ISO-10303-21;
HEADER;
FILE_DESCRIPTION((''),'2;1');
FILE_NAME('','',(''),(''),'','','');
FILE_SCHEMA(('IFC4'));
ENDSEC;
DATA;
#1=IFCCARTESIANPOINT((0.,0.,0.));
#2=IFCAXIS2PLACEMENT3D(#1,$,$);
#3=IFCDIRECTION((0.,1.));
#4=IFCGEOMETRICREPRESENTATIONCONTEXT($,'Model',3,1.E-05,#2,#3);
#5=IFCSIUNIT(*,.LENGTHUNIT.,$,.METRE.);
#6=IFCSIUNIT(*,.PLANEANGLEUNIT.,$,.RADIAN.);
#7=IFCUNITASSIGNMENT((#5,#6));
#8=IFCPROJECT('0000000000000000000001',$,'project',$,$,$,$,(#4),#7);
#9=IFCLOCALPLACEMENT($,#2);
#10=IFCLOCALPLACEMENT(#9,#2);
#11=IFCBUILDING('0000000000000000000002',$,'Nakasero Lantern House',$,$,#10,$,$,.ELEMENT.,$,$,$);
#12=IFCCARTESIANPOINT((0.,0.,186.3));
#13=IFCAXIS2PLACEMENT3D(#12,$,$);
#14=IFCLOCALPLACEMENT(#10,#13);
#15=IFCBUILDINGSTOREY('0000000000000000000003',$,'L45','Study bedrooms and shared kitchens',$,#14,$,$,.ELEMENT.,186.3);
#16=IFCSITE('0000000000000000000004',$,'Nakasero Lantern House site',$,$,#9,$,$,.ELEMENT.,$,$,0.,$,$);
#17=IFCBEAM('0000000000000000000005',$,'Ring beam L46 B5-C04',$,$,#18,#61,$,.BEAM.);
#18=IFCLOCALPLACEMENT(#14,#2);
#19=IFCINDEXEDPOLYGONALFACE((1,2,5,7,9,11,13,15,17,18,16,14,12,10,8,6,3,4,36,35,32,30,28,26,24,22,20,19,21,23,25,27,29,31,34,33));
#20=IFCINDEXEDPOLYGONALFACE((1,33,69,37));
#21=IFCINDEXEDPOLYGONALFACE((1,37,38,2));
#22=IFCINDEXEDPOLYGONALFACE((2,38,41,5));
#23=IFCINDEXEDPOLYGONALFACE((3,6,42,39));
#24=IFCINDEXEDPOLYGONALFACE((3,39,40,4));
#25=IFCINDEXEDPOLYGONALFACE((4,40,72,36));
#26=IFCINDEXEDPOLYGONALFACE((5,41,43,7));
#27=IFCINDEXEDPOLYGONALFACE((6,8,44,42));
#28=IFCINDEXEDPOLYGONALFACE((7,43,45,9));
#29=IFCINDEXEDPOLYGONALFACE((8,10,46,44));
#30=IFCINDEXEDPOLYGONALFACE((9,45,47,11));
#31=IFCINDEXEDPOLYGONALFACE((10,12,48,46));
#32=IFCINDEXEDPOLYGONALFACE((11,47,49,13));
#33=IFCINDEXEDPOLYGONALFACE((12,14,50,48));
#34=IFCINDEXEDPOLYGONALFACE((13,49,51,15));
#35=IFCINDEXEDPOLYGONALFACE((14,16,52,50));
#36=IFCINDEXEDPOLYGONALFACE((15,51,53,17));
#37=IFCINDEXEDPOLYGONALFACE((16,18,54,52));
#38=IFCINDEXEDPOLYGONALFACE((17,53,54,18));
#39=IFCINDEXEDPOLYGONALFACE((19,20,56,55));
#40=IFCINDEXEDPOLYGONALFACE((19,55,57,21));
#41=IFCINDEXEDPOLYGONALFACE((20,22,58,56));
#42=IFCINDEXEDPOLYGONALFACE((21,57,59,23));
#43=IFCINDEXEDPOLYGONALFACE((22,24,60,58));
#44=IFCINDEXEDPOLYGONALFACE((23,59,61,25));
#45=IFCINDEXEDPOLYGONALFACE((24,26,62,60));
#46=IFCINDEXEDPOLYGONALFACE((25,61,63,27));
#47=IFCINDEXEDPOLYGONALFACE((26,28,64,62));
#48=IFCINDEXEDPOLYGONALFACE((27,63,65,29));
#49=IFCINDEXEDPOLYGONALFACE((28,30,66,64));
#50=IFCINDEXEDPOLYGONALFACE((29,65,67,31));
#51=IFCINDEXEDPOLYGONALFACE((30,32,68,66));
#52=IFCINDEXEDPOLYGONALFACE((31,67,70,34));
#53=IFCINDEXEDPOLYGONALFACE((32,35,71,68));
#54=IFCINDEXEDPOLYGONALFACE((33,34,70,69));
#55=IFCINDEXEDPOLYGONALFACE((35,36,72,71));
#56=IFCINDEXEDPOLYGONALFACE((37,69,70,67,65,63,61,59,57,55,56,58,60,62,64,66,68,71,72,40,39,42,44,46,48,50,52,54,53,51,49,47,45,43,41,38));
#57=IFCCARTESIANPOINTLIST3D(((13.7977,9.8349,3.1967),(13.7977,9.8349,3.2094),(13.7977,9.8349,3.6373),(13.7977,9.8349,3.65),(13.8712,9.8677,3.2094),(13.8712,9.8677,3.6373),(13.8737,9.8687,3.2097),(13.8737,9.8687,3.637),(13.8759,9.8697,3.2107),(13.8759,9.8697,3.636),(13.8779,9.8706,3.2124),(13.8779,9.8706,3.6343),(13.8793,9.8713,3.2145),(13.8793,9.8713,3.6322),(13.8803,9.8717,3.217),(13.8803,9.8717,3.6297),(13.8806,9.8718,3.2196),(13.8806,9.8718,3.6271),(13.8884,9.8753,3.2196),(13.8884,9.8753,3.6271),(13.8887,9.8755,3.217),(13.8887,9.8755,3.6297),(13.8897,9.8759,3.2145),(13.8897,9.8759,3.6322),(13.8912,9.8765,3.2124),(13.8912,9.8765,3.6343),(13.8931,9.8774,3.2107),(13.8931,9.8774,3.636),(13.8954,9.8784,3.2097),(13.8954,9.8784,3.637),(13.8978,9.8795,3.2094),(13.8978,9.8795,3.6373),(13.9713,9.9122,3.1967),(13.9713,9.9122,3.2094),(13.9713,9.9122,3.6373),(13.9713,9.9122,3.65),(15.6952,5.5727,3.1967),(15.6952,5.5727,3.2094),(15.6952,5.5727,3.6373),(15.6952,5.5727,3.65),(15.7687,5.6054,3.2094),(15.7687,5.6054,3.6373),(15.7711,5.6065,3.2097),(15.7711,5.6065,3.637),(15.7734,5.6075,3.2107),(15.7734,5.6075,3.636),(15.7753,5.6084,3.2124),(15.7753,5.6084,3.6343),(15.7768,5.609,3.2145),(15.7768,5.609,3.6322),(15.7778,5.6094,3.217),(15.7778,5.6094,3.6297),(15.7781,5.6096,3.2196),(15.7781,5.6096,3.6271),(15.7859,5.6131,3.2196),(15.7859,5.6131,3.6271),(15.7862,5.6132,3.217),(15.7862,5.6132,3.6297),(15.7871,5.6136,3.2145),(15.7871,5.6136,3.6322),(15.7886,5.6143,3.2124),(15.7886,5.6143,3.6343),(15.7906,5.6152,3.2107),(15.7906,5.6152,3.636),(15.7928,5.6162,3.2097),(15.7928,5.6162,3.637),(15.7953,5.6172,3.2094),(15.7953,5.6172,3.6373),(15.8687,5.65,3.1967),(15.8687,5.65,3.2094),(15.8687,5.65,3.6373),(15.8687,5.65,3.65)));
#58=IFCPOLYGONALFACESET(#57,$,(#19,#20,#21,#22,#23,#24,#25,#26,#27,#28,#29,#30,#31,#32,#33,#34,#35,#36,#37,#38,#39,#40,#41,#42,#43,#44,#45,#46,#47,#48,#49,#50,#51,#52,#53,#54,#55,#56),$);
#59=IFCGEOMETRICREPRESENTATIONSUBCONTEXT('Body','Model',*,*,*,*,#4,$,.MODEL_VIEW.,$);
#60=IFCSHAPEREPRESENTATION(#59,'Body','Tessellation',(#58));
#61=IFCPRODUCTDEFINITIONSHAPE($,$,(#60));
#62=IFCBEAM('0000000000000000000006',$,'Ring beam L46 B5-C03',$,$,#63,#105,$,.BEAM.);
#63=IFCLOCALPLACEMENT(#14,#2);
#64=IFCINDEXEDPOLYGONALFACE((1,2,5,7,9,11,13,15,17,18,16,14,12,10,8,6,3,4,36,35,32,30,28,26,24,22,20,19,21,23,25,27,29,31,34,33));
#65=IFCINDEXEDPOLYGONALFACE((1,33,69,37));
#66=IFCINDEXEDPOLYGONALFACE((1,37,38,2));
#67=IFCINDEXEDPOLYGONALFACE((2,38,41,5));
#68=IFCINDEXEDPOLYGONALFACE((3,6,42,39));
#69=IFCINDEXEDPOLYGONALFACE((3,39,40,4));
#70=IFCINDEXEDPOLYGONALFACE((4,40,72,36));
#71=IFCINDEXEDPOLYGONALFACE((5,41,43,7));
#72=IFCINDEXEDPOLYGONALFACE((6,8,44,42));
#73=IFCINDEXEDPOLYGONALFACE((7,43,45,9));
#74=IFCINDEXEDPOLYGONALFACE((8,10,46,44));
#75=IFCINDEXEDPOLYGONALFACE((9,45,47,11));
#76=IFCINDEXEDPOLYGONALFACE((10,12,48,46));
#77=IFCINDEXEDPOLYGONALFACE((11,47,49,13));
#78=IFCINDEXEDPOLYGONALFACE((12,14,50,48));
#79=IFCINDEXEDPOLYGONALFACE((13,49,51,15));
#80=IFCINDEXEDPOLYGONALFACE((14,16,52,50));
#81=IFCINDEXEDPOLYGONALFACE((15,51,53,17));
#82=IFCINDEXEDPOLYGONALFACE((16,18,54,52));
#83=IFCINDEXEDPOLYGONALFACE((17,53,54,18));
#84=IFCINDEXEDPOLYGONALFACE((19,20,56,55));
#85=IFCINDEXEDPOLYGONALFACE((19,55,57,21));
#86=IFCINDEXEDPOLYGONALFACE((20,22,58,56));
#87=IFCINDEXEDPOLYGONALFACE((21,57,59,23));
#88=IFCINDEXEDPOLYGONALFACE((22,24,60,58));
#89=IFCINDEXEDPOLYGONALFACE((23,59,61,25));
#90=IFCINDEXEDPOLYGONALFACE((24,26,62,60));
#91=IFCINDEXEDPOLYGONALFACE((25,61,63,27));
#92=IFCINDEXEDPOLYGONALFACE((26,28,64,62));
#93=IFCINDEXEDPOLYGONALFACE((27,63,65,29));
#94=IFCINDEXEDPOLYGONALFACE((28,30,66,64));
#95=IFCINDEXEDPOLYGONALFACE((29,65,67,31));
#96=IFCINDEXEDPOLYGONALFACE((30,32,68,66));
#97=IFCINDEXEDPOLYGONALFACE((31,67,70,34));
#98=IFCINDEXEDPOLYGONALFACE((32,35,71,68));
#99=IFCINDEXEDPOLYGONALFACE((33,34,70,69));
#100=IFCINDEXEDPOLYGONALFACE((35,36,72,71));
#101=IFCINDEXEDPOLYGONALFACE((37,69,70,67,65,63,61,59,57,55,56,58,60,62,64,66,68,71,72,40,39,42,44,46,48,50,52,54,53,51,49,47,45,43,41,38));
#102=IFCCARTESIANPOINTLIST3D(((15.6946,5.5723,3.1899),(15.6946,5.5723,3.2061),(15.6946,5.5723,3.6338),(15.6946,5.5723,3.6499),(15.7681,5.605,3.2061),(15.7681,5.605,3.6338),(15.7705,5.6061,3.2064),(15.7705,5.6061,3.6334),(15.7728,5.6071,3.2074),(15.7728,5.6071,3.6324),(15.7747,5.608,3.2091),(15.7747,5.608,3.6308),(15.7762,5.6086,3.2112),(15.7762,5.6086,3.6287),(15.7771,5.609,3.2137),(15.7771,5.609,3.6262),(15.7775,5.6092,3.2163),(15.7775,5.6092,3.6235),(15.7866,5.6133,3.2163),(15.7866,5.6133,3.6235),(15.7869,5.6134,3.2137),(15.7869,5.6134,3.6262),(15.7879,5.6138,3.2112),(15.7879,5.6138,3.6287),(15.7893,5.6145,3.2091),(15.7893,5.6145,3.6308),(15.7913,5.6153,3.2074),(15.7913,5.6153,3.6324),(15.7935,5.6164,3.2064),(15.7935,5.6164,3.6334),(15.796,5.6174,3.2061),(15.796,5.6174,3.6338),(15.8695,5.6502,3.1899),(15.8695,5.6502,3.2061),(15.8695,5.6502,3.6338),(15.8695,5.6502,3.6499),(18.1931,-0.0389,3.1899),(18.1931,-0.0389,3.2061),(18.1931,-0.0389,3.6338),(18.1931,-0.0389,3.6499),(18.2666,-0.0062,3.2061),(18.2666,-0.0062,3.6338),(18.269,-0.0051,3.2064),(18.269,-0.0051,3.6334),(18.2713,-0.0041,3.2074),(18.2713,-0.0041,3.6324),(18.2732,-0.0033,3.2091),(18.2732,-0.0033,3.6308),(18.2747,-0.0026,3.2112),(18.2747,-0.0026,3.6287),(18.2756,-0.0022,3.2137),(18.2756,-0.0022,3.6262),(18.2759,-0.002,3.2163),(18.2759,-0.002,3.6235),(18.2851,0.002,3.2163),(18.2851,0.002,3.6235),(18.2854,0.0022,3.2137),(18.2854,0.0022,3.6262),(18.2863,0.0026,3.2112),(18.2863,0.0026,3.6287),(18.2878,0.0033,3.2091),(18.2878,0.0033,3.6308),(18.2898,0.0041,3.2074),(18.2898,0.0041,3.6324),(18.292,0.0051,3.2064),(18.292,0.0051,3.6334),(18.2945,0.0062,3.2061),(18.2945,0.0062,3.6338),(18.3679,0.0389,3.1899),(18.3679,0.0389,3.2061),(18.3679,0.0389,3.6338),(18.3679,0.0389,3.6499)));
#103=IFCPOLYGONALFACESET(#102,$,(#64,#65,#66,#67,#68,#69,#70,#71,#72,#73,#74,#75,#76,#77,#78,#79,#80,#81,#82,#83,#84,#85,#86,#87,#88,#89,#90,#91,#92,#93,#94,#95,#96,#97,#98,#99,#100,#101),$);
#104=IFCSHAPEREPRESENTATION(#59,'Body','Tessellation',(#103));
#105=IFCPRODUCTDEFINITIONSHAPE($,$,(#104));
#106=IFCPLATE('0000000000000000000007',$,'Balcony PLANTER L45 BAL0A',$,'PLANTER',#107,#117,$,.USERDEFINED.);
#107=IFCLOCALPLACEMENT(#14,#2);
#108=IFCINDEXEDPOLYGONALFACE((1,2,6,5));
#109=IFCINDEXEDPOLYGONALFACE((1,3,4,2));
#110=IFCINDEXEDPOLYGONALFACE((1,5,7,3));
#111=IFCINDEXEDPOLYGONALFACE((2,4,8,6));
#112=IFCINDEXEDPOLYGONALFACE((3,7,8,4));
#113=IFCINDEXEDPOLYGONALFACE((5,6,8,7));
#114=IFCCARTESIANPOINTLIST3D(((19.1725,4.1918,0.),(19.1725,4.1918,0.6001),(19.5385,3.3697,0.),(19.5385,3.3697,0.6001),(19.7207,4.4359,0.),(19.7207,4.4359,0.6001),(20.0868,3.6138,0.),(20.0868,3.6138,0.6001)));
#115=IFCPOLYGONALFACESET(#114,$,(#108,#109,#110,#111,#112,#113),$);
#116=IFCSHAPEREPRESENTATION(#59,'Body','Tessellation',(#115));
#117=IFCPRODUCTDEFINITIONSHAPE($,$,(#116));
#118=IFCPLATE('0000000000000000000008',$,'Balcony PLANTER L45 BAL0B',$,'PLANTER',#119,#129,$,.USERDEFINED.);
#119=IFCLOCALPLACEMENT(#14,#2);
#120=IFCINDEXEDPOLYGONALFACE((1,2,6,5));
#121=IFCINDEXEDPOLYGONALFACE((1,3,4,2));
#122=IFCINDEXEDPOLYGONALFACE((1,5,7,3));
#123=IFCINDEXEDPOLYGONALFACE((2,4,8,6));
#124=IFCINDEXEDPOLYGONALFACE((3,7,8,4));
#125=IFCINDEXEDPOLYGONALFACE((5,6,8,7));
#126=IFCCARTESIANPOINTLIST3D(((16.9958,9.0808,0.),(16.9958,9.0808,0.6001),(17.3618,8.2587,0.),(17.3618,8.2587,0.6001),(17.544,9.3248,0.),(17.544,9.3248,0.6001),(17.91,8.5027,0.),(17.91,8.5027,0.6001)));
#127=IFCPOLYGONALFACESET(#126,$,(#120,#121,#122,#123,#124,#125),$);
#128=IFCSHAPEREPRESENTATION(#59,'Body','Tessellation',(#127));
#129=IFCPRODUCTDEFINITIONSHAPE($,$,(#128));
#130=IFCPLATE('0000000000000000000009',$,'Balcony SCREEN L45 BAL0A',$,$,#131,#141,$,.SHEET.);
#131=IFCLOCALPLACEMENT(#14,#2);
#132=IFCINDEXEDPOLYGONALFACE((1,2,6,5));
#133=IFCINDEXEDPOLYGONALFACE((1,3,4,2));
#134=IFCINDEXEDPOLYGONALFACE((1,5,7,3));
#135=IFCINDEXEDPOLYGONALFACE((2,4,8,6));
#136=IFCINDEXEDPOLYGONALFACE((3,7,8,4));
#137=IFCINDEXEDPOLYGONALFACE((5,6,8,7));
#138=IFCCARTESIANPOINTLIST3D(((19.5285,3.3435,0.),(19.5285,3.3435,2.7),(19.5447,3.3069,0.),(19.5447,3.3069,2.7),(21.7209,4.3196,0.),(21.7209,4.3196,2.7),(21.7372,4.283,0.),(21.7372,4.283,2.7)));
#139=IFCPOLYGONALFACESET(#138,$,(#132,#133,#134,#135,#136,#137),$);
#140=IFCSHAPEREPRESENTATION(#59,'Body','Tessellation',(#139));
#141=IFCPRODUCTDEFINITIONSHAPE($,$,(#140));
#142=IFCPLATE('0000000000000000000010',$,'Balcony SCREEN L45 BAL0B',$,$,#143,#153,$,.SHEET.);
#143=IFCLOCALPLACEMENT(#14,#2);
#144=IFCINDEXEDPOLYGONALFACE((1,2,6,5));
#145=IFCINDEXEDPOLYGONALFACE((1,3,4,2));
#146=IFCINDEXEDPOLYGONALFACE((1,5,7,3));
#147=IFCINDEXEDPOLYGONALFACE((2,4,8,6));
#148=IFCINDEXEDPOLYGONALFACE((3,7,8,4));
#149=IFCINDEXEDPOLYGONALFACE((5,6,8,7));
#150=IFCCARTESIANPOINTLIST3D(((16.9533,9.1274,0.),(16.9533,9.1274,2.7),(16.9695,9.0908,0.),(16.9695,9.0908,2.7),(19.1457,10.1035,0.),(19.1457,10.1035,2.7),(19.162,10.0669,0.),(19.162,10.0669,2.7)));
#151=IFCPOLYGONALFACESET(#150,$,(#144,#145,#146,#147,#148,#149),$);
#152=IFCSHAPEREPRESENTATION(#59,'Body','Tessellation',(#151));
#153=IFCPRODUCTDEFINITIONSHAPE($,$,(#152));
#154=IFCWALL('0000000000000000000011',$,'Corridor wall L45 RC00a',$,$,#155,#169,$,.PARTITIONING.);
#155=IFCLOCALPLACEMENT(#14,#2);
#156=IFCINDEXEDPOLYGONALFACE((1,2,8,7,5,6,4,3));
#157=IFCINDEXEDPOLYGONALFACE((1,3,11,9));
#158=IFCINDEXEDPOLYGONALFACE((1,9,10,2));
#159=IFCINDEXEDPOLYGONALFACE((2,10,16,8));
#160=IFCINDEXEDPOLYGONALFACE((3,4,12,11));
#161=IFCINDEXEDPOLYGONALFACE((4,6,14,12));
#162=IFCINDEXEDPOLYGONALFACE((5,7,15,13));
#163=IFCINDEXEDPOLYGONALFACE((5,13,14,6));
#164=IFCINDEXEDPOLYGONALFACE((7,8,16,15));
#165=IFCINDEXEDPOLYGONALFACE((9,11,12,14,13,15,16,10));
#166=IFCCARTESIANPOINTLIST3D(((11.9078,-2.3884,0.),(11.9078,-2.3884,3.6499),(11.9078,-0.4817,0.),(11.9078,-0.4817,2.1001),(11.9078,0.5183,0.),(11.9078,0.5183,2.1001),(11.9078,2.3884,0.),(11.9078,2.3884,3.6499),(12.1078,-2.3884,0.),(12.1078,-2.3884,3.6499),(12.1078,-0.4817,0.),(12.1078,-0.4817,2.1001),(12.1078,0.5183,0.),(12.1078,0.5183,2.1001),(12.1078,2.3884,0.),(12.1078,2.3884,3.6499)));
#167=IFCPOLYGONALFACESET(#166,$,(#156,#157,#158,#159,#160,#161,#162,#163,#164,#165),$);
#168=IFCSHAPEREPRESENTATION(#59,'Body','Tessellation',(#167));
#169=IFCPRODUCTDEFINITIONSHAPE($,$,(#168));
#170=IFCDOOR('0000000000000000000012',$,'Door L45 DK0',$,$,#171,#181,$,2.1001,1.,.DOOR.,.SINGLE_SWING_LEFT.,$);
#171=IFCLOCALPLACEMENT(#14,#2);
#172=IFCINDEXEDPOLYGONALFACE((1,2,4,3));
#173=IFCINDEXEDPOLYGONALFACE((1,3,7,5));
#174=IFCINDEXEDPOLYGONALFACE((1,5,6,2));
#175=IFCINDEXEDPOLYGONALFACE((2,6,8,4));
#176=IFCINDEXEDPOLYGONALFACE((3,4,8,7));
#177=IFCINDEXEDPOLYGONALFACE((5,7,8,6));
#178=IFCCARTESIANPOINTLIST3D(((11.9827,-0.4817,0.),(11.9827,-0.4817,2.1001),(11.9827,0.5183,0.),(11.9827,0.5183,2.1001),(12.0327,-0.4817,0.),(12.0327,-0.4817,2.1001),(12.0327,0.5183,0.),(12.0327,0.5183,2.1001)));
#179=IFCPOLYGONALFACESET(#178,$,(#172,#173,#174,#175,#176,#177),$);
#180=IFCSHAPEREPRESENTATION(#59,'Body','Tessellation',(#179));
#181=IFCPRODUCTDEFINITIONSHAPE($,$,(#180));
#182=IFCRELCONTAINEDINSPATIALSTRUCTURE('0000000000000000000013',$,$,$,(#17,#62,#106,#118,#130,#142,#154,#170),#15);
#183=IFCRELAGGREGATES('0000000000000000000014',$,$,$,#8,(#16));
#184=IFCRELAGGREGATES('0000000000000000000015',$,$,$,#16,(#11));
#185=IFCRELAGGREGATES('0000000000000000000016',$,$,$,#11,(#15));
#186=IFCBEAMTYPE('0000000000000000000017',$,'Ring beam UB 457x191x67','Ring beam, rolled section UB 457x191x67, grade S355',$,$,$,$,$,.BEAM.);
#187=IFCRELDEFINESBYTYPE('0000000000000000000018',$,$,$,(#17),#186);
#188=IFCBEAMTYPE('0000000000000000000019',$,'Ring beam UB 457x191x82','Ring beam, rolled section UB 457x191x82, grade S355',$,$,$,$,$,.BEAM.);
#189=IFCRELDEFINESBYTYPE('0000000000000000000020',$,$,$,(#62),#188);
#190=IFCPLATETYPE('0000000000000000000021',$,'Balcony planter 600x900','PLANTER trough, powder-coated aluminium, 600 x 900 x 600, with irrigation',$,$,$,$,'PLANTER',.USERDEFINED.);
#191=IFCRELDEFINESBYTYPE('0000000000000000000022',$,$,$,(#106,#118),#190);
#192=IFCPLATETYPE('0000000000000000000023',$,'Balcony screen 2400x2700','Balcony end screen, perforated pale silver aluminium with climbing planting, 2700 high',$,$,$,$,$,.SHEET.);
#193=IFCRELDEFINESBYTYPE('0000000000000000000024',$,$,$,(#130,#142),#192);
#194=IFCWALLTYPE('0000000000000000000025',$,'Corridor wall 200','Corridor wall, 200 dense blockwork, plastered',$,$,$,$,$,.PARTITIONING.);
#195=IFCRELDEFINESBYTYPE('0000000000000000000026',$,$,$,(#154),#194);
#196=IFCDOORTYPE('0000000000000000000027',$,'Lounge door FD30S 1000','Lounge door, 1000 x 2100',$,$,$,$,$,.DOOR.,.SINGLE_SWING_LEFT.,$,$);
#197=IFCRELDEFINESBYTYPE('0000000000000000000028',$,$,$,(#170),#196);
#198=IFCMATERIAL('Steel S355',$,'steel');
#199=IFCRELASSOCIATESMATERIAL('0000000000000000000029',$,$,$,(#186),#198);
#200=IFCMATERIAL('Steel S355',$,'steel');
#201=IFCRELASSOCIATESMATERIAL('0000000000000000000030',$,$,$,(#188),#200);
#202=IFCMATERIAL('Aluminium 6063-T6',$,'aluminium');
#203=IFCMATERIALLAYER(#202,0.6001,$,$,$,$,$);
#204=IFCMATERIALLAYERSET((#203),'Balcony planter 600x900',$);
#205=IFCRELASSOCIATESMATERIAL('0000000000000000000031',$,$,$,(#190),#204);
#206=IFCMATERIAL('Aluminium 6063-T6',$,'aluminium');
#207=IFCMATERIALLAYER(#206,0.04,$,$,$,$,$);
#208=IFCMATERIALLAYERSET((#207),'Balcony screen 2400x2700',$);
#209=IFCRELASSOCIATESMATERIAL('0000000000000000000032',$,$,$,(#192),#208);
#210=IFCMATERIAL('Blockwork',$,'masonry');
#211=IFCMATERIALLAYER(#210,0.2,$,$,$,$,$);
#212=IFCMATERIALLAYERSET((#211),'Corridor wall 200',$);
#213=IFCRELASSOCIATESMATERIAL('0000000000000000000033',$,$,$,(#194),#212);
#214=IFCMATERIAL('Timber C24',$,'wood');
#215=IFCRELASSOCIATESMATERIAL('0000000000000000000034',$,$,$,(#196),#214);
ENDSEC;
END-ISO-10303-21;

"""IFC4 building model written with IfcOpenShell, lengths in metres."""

from ifc_helpers import new_model, si_unit, direction, frame, frame_2d, origin, origin_2d, place, context, subcontext, project, spatial, rectangle, i_section, extrude, material, layer, layer_set, material_profile, profile_set, type_object, element, fill, save


model = new_model("IFC4")

# Units and contexts
model_context = context("Model", 3, precision=1e-05, world=origin(), true_north=direction((0.0, 1.0)))
body_context = subcontext(model_context, "Body", "Model", "MODEL_VIEW")
ifc_project = project(units=[si_unit("LENGTHUNIT", "METRE"), si_unit("PLANEANGLEUNIT", "RADIAN")], contexts=[model_context])

# Site, building, storey
site_placement = place(None, origin())
site = spatial("IfcSite", under=ifc_project, at=site_placement, Name="Nakasero Lantern House site", CompositionType="ELEMENT", RefElevation=0.0)
building_placement = place(site_placement, origin())
building = spatial("IfcBuilding", under=site, at=building_placement, Name="Nakasero Lantern House", CompositionType="ELEMENT")
storey_placement = place(building_placement, frame((0.0, 0.0, 186.3)))
storey = spatial("IfcBuildingStorey", under=building, at=storey_placement, Name="L45", Description="Study bedrooms and shared kitchens", CompositionType="ELEMENT", Elevation=186.3)

# Beams
ifc_material_1 = material(Name="Steel S355", Category="steel")
ifc_material_profile_1 = material_profile(ifc_material_1, i_section(OverallWidth=0.1899, OverallDepth=0.4534, WebThickness=0.0085, FlangeThickness=0.0127, FilletRadius=0.0103, at=origin_2d()), Name="UB 457x191x67")
ifc_profile_set_1 = profile_set([ifc_material_profile_1], Name="Steel S355")
beam_type_1 = type_object("IfcBeamType", Name="Ring beam UB 457x191x67", Description="Ring beam, rolled section UB 457x191x67, grade S355", PredefinedType="BEAM", material=ifc_profile_set_1)
beam_1_placement = place(storey_placement, frame((15.782, 5.6113, 3.4233), z_axis=(-0.406702, 0.913561, 0.0), x_axis=(-0.913561, -0.406702, 0.0)))
element("IfcBeam", 1, at=beam_1_placement, inside=storey, type_object=beam_type_1, Name="Ring beam L46 B5-C04", PredefinedType="BEAM", context=body_context, shape_type="SweptSolid", body=[
    extrude(i_section(OverallWidth=0.1899, OverallDepth=0.4534, WebThickness=0.0085, FlangeThickness=0.0127, FilletRadius=0.0103, at=origin_2d()), origin(), (0.0, 0.0, 1.0), 4.6655),
])
ifc_material_2 = material(Name="Steel S355", Category="steel")
ifc_material_profile_2 = material_profile(ifc_material_2, i_section(OverallWidth=0.1914, OverallDepth=0.46, WebThickness=0.01, FlangeThickness=0.0161, FilletRadius=0.0103, at=origin_2d()), Name="UB 457x191x82")
ifc_profile_set_2 = profile_set([ifc_material_profile_2], Name="Steel S355")
beam_type_2 = type_object("IfcBeamType", Name="Ring beam UB 457x191x82", Description="Ring beam, rolled section UB 457x191x82, grade S355", PredefinedType="BEAM", material=ifc_profile_set_2)
beam_2_placement = place(storey_placement, frame((18.2805, 0.0, 3.4199), z_axis=(-0.406765, 0.913533, 0.0), x_axis=(-0.913533, -0.406765, 0.0)))
element("IfcBeam", 2, at=beam_2_placement, inside=storey, type_object=beam_type_2, Name="Ring beam L46 B5-C03", PredefinedType="BEAM", context=body_context, shape_type="SweptSolid", body=[
    extrude(i_section(OverallWidth=0.1914, OverallDepth=0.46, WebThickness=0.01, FlangeThickness=0.0161, FilletRadius=0.0103, at=origin_2d()), origin(), (0.0, 0.0, 1.0), 6.1423),
])

# Plates
ifc_material_3 = material(Name="Aluminium 6063-T6", Category="aluminium")
ifc_layer_1 = layer(ifc_material_3, 0.6001)
ifc_layer_set_1 = layer_set([ifc_layer_1], Name="Balcony planter 600x900")
plate_type_1 = type_object("IfcPlateType", Name="Balcony planter 600x900", Description="PLANTER trough, powder-coated aluminium, 600 x 900 x 600, with irrigation", ElementType="PLANTER", PredefinedType="USERDEFINED", material=ifc_layer_set_1)
for number, where, z_axis, x_axis, name in (
    (3, (19.6296, 3.9028, 0.0), (0.0, 0.0, 1.0), (0.913545, 0.406737, 0.0), "Balcony PLANTER L45 BAL0A"),
    (4, (17.4529, 8.7917, 0.0), (0.0, 0.0, 1.0), (0.913545, 0.406737, 0.0), "Balcony PLANTER L45 BAL0B"),
):
    element("IfcPlate", number, at=place(storey_placement, frame(where, z_axis=z_axis, x_axis=x_axis)), inside=storey, type_object=plate_type_1, Name=name, ObjectType="PLANTER", PredefinedType="USERDEFINED", context=body_context, shape_type="SweptSolid", body=[
        extrude(rectangle(XDim=0.6001, YDim=0.8999, at=origin_2d()), origin(), (0.0, 0.0, 1.0), 0.6001),
    ])
ifc_material_4 = material(Name="Aluminium 6063-T6", Category="aluminium")
ifc_layer_2 = layer(ifc_material_4, 0.04)
ifc_layer_set_2 = layer_set([ifc_layer_2], Name="Balcony screen 2400x2700")
plate_type_2 = type_object("IfcPlateType", Name="Balcony screen 2400x2700", Description="Balcony end screen, perforated pale silver aluminium with climbing planting, 2700 high", PredefinedType="SHEET", material=ifc_layer_set_2)
for number, where, z_axis, x_axis, name in (
    (5, (20.6328, 3.8132, 0.0), (0.0, 0.0, 1.0), (0.913545, 0.406737, 0.0), "Balcony SCREEN L45 BAL0A"),
    (6, (18.0576, 9.5972, 0.0), (0.0, 0.0, 1.0), (0.913545, 0.406737, 0.0), "Balcony SCREEN L45 BAL0B"),
):
    element("IfcPlate", number, at=place(storey_placement, frame(where, z_axis=z_axis, x_axis=x_axis)), inside=storey, type_object=plate_type_2, Name=name, PredefinedType="SHEET", context=body_context, shape_type="SweptSolid", body=[
        extrude(rectangle(XDim=2.3999, YDim=0.04, at=origin_2d()), origin(), (0.0, 0.0, 1.0), 2.7),
    ])

# Wall, opening, door
ifc_material_5 = material(Name="Blockwork", Category="masonry")
ifc_layer_3 = layer(ifc_material_5, 0.2)
ifc_layer_set_3 = layer_set([ifc_layer_3], Name="Corridor wall 200")
wall_type_1 = type_object("IfcWallType", Name="Corridor wall 200", Description="Corridor wall, 200 dense blockwork, plastered", PredefinedType="PARTITIONING", material=ifc_layer_set_3)
wall_1_placement = place(storey_placement, frame((12.0078, 2.3884, 0.0), z_axis=(0.0, 0.0, 1.0), x_axis=(0.0, -1.0, 0.0)))
wall_1 = element("IfcWall", 7, at=wall_1_placement, inside=storey, type_object=wall_type_1, Name="Corridor wall L45 RC00a", PredefinedType="PARTITIONING", context=body_context, shape_type="SweptSolid", body=[
    extrude(rectangle(XDim=4.7769, YDim=0.2, at=frame_2d((2.3884, 0.0))), origin(), (0.0, 0.0, 1.0), 3.6499),
])
opening_1_placement = place(wall_1_placement, frame((1.8701, 0.0, 0.0)))
opening_1 = element("IfcOpeningElement", 8, at=opening_1_placement, cuts=wall_1, PredefinedType="OPENING", context=body_context, shape_type="SweptSolid", body=[
    extrude(rectangle(XDim=1.0, YDim=2.1001, at=frame_2d((0.5, 1.05))), frame((0.0, 0.1199, 0.0), z_axis=(0.0, -1.0, 0.0), x_axis=(1.0, 0.0, 0.0)), (0.0, 0.0, 1.0), 0.24),
])
ifc_material_6 = material(Name="Timber C24", Category="wood")
door_type_1 = type_object("IfcDoorType", Name="Lounge door FD30S 1000", Description="Lounge door, 1000 x 2100", OperationType="SINGLE_SWING_LEFT", PredefinedType="DOOR", material=ifc_material_6)
door_1_placement = place(opening_1_placement, origin())
door_1 = element("IfcDoor", 9, at=door_1_placement, inside=storey, type_object=door_type_1, Name="Door L45 DK0", OperationType="SINGLE_SWING_LEFT", OverallHeight=2.1001, OverallWidth=1.0, PredefinedType="DOOR", context=body_context, shape_type="SweptSolid", body=[
    extrude(rectangle(XDim=1.0, YDim=2.1001, at=frame_2d((0.5, 1.05))), frame((0.0, 0.0249, 0.0), z_axis=(0.0, -1.0, 0.0), x_axis=(1.0, 0.0, 0.0)), (0.0, 0.0, 1.0), 0.05),
])
fill(opening_1, door_1)

save(model, "model.ifc")
